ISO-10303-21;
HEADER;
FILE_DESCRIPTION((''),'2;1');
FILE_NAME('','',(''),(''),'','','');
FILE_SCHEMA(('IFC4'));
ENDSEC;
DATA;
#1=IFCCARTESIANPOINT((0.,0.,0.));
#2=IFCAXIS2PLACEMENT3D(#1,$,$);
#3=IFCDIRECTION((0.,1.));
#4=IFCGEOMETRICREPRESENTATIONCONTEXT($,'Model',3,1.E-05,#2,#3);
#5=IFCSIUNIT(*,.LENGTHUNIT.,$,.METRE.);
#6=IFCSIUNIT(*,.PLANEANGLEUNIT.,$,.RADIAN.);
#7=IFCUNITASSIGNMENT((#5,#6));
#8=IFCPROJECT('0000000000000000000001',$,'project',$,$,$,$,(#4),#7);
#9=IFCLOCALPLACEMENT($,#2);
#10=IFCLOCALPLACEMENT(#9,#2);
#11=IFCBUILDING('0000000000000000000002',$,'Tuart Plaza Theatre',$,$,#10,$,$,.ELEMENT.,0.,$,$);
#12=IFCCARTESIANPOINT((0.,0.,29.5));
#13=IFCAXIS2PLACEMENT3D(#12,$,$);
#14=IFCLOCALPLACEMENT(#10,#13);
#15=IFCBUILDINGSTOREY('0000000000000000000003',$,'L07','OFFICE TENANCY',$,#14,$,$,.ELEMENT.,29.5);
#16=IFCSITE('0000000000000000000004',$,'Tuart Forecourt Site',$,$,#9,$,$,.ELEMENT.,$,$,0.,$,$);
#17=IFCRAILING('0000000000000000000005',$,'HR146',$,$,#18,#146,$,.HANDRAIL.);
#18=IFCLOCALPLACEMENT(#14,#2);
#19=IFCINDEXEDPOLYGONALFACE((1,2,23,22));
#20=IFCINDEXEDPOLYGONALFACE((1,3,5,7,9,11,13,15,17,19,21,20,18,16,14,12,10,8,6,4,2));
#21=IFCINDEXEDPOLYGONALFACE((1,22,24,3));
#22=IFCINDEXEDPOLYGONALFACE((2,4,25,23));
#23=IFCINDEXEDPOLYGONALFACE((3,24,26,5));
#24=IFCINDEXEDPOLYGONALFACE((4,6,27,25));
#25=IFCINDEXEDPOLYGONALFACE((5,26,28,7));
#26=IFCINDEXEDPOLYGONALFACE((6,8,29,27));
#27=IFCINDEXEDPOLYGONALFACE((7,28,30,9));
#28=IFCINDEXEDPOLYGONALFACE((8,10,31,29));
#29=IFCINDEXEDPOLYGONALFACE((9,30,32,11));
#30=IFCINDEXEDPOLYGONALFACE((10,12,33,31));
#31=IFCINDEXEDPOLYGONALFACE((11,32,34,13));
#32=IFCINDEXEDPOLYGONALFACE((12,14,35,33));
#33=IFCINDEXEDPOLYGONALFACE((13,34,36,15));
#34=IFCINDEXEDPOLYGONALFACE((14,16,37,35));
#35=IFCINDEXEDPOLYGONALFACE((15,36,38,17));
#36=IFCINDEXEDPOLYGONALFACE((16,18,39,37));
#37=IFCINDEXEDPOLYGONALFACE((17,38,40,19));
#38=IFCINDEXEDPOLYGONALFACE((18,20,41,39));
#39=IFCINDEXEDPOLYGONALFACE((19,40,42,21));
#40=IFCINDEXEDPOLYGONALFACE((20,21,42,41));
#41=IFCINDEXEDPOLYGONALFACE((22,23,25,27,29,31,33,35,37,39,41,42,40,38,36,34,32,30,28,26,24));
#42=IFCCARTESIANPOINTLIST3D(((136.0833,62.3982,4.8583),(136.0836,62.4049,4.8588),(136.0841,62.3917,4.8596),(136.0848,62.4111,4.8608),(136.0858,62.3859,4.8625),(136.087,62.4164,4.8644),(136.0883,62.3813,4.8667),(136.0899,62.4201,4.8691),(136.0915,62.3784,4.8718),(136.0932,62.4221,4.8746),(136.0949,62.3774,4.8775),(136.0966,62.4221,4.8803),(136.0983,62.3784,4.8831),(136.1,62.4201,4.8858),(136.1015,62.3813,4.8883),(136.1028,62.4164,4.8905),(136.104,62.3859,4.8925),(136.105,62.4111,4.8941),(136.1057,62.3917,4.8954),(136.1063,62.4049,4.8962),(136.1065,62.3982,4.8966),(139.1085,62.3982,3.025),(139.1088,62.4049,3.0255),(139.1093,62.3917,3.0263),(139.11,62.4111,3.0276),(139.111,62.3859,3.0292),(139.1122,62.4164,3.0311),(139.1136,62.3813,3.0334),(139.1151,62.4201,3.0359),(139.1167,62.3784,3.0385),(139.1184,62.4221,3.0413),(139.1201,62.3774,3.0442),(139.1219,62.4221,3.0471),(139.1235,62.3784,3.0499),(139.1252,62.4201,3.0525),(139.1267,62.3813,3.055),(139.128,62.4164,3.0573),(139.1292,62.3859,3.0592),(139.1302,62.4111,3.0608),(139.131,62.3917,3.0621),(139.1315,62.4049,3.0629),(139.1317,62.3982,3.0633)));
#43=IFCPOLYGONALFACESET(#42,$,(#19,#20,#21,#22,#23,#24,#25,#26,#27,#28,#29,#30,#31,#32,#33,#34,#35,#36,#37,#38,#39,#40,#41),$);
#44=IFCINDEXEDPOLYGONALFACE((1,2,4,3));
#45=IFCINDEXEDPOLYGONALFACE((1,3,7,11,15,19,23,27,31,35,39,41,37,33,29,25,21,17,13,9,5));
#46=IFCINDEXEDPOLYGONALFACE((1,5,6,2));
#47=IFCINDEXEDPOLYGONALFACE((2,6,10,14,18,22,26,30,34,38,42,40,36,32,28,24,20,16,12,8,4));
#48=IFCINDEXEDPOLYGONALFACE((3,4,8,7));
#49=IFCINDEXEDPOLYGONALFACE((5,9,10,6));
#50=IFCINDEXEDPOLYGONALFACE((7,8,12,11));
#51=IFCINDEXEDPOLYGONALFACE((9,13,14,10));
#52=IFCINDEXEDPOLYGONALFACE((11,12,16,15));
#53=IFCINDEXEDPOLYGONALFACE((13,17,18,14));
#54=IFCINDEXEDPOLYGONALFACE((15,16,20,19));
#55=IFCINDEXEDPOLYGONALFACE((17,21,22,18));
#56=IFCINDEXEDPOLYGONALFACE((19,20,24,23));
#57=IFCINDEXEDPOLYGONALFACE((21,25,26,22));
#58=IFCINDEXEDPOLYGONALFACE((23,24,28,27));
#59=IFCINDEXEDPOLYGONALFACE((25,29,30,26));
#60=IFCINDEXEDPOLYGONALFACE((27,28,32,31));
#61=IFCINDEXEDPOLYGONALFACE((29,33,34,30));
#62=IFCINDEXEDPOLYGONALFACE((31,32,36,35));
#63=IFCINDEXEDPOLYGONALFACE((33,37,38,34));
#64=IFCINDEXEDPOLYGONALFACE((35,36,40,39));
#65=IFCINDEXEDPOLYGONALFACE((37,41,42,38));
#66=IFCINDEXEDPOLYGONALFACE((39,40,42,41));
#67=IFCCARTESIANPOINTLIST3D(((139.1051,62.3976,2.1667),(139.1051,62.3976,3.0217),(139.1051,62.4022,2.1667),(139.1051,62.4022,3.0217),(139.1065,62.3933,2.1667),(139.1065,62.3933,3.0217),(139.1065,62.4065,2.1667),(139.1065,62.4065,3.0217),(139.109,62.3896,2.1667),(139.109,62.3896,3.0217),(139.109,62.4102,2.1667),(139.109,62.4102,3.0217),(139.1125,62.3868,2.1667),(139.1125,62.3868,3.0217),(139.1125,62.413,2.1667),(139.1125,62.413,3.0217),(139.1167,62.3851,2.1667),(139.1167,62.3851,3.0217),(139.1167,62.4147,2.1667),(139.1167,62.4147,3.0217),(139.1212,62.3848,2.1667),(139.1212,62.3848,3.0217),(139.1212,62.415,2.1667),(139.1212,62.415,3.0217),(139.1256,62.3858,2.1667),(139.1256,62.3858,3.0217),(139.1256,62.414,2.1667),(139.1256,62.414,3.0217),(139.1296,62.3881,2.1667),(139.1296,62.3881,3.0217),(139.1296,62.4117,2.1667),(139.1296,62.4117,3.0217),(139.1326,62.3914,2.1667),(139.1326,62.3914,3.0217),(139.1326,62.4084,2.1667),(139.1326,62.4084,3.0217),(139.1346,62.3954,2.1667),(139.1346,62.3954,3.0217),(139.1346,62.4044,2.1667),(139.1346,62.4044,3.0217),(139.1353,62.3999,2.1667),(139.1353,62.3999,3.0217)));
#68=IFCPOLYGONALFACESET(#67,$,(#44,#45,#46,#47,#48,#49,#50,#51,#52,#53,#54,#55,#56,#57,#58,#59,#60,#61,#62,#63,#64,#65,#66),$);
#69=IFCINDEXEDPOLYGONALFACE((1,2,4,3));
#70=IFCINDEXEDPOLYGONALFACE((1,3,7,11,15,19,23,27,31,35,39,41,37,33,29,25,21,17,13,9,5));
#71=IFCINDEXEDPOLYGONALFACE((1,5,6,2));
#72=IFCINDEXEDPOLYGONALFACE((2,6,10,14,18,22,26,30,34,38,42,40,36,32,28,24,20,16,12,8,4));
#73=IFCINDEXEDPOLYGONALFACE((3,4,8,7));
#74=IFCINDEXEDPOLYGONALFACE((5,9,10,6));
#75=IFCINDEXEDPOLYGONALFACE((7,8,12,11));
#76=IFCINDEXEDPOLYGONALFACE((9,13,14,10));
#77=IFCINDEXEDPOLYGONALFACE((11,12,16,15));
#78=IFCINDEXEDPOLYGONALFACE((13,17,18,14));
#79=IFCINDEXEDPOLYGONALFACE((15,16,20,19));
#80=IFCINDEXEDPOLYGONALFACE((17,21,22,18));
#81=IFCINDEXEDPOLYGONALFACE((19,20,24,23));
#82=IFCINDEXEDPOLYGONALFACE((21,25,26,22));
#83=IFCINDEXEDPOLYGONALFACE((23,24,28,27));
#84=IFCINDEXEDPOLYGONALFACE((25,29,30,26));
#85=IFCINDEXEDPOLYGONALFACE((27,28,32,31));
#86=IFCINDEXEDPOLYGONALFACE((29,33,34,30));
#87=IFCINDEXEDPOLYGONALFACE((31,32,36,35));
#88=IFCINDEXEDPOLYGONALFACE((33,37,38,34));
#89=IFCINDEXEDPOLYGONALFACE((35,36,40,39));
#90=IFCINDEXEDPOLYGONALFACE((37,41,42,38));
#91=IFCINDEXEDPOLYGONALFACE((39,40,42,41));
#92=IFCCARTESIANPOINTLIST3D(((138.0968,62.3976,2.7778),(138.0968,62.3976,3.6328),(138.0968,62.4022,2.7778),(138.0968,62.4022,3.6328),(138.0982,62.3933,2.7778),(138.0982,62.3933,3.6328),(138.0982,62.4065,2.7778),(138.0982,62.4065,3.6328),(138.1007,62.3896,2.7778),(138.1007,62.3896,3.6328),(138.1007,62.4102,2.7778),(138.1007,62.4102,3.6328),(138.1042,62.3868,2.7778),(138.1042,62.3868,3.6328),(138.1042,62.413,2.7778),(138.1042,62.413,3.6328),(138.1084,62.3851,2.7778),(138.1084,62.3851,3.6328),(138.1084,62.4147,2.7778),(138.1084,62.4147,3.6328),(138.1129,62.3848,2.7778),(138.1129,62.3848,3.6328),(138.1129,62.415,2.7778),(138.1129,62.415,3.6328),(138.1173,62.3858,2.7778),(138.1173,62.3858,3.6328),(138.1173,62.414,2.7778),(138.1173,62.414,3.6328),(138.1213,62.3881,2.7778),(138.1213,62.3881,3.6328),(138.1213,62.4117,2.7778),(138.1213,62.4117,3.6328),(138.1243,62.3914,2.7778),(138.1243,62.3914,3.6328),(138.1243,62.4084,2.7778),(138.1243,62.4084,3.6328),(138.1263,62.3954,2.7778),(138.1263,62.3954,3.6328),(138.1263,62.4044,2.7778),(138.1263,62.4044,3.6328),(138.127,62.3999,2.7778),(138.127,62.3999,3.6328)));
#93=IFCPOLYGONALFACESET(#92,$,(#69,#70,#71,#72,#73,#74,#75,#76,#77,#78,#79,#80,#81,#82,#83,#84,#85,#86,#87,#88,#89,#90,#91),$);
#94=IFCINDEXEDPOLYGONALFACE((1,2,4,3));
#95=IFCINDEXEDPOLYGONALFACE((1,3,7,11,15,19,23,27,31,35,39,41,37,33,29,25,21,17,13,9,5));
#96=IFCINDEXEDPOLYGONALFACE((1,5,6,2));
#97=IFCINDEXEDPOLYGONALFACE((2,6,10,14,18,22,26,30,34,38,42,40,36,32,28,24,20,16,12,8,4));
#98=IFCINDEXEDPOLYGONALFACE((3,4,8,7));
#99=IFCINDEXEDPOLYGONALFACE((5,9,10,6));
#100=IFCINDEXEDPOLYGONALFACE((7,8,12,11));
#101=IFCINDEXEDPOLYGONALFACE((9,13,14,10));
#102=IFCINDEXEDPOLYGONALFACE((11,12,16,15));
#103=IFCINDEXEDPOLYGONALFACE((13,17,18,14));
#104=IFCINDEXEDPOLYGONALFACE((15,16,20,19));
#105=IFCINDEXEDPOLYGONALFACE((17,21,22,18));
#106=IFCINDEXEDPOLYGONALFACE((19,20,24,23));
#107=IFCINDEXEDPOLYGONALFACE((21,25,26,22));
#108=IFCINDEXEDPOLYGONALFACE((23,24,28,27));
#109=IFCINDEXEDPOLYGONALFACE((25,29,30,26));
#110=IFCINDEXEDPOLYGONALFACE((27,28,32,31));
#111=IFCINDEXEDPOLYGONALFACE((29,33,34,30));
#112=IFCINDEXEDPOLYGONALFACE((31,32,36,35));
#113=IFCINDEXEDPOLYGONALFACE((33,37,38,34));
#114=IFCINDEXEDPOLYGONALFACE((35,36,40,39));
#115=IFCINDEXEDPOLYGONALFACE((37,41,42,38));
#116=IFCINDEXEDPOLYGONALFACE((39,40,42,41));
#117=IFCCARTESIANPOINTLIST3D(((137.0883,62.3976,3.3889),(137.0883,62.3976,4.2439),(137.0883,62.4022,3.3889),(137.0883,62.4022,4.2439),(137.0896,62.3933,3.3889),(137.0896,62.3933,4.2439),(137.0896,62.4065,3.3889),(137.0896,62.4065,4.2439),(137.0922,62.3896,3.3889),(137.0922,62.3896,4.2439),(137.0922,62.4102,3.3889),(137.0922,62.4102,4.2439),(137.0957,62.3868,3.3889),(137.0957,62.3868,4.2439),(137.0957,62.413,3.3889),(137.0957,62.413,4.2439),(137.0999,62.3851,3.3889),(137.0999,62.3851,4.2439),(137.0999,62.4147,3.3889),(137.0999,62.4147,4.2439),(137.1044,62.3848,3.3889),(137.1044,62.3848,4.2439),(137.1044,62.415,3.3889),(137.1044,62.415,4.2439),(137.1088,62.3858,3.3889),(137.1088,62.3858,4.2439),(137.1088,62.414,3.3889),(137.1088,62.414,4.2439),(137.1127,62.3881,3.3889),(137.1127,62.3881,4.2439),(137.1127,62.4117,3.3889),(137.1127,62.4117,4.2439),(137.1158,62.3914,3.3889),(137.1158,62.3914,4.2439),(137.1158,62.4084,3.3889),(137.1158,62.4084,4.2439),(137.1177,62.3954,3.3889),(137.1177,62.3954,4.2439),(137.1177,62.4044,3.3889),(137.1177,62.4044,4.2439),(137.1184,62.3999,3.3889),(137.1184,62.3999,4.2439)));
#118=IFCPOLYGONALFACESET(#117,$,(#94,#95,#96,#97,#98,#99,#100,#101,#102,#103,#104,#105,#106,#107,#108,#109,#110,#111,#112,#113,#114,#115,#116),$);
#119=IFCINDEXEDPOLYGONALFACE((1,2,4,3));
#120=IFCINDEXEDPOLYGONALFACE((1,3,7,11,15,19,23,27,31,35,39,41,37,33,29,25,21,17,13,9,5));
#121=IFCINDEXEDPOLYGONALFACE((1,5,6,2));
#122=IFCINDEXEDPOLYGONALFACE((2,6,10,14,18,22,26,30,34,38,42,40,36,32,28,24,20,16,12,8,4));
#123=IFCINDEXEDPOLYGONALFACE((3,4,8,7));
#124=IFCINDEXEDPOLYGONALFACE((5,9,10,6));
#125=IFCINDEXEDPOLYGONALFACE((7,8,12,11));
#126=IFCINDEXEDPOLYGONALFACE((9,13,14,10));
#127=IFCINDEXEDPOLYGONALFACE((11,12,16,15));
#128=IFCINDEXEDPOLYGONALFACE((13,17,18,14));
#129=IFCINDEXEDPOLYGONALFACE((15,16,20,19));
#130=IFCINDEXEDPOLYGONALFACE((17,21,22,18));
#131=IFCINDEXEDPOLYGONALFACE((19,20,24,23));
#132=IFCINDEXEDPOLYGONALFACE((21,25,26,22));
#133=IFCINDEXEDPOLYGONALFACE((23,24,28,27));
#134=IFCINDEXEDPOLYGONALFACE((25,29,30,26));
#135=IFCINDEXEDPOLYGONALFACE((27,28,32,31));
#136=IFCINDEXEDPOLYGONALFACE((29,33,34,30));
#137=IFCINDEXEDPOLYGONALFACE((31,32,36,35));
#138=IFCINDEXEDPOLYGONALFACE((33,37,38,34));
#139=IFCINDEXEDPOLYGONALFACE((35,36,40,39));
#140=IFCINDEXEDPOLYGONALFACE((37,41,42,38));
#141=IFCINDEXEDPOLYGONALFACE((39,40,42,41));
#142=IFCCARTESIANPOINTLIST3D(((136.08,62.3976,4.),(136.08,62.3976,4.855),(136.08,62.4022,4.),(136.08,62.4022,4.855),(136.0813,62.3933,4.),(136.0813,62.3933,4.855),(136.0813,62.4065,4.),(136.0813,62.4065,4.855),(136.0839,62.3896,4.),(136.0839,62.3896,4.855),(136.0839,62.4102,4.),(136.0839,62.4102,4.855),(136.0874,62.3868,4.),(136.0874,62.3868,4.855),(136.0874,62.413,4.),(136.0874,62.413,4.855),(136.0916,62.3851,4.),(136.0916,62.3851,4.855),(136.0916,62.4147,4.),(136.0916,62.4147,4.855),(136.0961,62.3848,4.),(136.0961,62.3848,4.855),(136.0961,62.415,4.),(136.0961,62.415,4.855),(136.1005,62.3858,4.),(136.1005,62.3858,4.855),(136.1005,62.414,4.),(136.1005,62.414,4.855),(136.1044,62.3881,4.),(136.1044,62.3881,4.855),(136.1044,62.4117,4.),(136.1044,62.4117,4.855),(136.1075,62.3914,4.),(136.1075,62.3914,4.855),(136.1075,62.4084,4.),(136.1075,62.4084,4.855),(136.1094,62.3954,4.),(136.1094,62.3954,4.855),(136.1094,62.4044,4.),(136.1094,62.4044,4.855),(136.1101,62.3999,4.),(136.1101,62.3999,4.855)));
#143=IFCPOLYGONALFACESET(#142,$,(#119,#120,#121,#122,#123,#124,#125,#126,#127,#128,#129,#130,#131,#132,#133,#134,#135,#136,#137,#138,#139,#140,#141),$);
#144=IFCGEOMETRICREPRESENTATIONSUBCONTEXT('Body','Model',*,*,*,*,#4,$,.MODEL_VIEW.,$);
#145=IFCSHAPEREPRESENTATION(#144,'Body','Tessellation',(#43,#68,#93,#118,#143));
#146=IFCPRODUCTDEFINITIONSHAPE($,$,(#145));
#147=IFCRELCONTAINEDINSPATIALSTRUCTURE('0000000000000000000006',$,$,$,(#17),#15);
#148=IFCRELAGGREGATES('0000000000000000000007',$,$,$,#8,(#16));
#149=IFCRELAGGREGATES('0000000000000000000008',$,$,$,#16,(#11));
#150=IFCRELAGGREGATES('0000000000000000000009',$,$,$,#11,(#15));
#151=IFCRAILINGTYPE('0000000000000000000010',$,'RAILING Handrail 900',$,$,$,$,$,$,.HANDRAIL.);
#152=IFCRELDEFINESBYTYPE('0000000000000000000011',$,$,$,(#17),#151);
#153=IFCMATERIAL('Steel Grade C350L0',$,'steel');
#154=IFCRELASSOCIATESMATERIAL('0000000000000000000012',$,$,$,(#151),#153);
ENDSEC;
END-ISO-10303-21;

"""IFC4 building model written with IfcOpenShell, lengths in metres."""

from ifc_helpers import new_model, si_unit, direction, frame, origin, origin_2d, place, context, subcontext, project, spatial, circle, extrude, material, type_object, element, save


model = new_model("IFC4")

# Units and contexts
model_context = context("Model", 3, precision=1e-05, world=origin(), true_north=direction((0.0, 1.0)))
body_context = subcontext(model_context, "Body", "Model", "MODEL_VIEW")
ifc_project = project(units=[si_unit("LENGTHUNIT", "METRE"), si_unit("PLANEANGLEUNIT", "RADIAN")], contexts=[model_context])

# Site, building, storey
site_placement = place(None, origin())
site = spatial("IfcSite", under=ifc_project, at=site_placement, Name="Tuart Forecourt Site", CompositionType="ELEMENT", RefElevation=0.0)
building_placement = place(site_placement, origin())
building = spatial("IfcBuilding", under=site, at=building_placement, Name="Tuart Plaza Theatre", CompositionType="ELEMENT", ElevationOfRefHeight=0.0)
storey_placement = place(building_placement, frame((0.0, 0.0, 29.5)))
storey = spatial("IfcBuildingStorey", under=building, at=storey_placement, Name="L07", Description="OFFICE TENANCY", CompositionType="ELEMENT", Elevation=29.5)

# Railing
ifc_material_1 = material(Name="Steel Grade C350L0", Category="steel")
railing_type_1 = type_object("IfcRailingType", Name="RAILING Handrail 900", PredefinedType="HANDRAIL", material=ifc_material_1)
for number, where, name in (
    (1, (139.1201, 62.3999, 2.1667), "HR146"),
):
    element("IfcRailing", number, at=place(storey_placement, frame(where)), inside=storey, type_object=railing_type_1, Name=name, PredefinedType="HANDRAIL", context=body_context, shape_type="SweptSolid", body=[
        extrude(circle(Radius=0.0225, at=origin_2d()), frame((0.0, 0.0, 0.8774), z_axis=(-0.855219, 0.0, 0.518267), x_axis=(0.0, -1.0, 0.0)), (0.0, 0.0, 1.0), 3.5374),
        extrude(circle(Radius=0.0151, at=origin_2d()), origin(), (0.0, 0.0, 1.0), 0.855),
        extrude(circle(Radius=0.0151, at=origin_2d()), frame((-1.0083, 0.0, 0.6111)), (0.0, 0.0, 1.0), 0.855),
        extrude(circle(Radius=0.0151, at=origin_2d()), frame((-2.0168, 0.0, 1.2222)), (0.0, 0.0, 1.0), 0.855),
        extrude(circle(Radius=0.0151, at=origin_2d()), frame((-3.0251, 0.0, 1.8333)), (0.0, 0.0, 1.0), 0.855),
    ])

save(model, "model.ifc")
